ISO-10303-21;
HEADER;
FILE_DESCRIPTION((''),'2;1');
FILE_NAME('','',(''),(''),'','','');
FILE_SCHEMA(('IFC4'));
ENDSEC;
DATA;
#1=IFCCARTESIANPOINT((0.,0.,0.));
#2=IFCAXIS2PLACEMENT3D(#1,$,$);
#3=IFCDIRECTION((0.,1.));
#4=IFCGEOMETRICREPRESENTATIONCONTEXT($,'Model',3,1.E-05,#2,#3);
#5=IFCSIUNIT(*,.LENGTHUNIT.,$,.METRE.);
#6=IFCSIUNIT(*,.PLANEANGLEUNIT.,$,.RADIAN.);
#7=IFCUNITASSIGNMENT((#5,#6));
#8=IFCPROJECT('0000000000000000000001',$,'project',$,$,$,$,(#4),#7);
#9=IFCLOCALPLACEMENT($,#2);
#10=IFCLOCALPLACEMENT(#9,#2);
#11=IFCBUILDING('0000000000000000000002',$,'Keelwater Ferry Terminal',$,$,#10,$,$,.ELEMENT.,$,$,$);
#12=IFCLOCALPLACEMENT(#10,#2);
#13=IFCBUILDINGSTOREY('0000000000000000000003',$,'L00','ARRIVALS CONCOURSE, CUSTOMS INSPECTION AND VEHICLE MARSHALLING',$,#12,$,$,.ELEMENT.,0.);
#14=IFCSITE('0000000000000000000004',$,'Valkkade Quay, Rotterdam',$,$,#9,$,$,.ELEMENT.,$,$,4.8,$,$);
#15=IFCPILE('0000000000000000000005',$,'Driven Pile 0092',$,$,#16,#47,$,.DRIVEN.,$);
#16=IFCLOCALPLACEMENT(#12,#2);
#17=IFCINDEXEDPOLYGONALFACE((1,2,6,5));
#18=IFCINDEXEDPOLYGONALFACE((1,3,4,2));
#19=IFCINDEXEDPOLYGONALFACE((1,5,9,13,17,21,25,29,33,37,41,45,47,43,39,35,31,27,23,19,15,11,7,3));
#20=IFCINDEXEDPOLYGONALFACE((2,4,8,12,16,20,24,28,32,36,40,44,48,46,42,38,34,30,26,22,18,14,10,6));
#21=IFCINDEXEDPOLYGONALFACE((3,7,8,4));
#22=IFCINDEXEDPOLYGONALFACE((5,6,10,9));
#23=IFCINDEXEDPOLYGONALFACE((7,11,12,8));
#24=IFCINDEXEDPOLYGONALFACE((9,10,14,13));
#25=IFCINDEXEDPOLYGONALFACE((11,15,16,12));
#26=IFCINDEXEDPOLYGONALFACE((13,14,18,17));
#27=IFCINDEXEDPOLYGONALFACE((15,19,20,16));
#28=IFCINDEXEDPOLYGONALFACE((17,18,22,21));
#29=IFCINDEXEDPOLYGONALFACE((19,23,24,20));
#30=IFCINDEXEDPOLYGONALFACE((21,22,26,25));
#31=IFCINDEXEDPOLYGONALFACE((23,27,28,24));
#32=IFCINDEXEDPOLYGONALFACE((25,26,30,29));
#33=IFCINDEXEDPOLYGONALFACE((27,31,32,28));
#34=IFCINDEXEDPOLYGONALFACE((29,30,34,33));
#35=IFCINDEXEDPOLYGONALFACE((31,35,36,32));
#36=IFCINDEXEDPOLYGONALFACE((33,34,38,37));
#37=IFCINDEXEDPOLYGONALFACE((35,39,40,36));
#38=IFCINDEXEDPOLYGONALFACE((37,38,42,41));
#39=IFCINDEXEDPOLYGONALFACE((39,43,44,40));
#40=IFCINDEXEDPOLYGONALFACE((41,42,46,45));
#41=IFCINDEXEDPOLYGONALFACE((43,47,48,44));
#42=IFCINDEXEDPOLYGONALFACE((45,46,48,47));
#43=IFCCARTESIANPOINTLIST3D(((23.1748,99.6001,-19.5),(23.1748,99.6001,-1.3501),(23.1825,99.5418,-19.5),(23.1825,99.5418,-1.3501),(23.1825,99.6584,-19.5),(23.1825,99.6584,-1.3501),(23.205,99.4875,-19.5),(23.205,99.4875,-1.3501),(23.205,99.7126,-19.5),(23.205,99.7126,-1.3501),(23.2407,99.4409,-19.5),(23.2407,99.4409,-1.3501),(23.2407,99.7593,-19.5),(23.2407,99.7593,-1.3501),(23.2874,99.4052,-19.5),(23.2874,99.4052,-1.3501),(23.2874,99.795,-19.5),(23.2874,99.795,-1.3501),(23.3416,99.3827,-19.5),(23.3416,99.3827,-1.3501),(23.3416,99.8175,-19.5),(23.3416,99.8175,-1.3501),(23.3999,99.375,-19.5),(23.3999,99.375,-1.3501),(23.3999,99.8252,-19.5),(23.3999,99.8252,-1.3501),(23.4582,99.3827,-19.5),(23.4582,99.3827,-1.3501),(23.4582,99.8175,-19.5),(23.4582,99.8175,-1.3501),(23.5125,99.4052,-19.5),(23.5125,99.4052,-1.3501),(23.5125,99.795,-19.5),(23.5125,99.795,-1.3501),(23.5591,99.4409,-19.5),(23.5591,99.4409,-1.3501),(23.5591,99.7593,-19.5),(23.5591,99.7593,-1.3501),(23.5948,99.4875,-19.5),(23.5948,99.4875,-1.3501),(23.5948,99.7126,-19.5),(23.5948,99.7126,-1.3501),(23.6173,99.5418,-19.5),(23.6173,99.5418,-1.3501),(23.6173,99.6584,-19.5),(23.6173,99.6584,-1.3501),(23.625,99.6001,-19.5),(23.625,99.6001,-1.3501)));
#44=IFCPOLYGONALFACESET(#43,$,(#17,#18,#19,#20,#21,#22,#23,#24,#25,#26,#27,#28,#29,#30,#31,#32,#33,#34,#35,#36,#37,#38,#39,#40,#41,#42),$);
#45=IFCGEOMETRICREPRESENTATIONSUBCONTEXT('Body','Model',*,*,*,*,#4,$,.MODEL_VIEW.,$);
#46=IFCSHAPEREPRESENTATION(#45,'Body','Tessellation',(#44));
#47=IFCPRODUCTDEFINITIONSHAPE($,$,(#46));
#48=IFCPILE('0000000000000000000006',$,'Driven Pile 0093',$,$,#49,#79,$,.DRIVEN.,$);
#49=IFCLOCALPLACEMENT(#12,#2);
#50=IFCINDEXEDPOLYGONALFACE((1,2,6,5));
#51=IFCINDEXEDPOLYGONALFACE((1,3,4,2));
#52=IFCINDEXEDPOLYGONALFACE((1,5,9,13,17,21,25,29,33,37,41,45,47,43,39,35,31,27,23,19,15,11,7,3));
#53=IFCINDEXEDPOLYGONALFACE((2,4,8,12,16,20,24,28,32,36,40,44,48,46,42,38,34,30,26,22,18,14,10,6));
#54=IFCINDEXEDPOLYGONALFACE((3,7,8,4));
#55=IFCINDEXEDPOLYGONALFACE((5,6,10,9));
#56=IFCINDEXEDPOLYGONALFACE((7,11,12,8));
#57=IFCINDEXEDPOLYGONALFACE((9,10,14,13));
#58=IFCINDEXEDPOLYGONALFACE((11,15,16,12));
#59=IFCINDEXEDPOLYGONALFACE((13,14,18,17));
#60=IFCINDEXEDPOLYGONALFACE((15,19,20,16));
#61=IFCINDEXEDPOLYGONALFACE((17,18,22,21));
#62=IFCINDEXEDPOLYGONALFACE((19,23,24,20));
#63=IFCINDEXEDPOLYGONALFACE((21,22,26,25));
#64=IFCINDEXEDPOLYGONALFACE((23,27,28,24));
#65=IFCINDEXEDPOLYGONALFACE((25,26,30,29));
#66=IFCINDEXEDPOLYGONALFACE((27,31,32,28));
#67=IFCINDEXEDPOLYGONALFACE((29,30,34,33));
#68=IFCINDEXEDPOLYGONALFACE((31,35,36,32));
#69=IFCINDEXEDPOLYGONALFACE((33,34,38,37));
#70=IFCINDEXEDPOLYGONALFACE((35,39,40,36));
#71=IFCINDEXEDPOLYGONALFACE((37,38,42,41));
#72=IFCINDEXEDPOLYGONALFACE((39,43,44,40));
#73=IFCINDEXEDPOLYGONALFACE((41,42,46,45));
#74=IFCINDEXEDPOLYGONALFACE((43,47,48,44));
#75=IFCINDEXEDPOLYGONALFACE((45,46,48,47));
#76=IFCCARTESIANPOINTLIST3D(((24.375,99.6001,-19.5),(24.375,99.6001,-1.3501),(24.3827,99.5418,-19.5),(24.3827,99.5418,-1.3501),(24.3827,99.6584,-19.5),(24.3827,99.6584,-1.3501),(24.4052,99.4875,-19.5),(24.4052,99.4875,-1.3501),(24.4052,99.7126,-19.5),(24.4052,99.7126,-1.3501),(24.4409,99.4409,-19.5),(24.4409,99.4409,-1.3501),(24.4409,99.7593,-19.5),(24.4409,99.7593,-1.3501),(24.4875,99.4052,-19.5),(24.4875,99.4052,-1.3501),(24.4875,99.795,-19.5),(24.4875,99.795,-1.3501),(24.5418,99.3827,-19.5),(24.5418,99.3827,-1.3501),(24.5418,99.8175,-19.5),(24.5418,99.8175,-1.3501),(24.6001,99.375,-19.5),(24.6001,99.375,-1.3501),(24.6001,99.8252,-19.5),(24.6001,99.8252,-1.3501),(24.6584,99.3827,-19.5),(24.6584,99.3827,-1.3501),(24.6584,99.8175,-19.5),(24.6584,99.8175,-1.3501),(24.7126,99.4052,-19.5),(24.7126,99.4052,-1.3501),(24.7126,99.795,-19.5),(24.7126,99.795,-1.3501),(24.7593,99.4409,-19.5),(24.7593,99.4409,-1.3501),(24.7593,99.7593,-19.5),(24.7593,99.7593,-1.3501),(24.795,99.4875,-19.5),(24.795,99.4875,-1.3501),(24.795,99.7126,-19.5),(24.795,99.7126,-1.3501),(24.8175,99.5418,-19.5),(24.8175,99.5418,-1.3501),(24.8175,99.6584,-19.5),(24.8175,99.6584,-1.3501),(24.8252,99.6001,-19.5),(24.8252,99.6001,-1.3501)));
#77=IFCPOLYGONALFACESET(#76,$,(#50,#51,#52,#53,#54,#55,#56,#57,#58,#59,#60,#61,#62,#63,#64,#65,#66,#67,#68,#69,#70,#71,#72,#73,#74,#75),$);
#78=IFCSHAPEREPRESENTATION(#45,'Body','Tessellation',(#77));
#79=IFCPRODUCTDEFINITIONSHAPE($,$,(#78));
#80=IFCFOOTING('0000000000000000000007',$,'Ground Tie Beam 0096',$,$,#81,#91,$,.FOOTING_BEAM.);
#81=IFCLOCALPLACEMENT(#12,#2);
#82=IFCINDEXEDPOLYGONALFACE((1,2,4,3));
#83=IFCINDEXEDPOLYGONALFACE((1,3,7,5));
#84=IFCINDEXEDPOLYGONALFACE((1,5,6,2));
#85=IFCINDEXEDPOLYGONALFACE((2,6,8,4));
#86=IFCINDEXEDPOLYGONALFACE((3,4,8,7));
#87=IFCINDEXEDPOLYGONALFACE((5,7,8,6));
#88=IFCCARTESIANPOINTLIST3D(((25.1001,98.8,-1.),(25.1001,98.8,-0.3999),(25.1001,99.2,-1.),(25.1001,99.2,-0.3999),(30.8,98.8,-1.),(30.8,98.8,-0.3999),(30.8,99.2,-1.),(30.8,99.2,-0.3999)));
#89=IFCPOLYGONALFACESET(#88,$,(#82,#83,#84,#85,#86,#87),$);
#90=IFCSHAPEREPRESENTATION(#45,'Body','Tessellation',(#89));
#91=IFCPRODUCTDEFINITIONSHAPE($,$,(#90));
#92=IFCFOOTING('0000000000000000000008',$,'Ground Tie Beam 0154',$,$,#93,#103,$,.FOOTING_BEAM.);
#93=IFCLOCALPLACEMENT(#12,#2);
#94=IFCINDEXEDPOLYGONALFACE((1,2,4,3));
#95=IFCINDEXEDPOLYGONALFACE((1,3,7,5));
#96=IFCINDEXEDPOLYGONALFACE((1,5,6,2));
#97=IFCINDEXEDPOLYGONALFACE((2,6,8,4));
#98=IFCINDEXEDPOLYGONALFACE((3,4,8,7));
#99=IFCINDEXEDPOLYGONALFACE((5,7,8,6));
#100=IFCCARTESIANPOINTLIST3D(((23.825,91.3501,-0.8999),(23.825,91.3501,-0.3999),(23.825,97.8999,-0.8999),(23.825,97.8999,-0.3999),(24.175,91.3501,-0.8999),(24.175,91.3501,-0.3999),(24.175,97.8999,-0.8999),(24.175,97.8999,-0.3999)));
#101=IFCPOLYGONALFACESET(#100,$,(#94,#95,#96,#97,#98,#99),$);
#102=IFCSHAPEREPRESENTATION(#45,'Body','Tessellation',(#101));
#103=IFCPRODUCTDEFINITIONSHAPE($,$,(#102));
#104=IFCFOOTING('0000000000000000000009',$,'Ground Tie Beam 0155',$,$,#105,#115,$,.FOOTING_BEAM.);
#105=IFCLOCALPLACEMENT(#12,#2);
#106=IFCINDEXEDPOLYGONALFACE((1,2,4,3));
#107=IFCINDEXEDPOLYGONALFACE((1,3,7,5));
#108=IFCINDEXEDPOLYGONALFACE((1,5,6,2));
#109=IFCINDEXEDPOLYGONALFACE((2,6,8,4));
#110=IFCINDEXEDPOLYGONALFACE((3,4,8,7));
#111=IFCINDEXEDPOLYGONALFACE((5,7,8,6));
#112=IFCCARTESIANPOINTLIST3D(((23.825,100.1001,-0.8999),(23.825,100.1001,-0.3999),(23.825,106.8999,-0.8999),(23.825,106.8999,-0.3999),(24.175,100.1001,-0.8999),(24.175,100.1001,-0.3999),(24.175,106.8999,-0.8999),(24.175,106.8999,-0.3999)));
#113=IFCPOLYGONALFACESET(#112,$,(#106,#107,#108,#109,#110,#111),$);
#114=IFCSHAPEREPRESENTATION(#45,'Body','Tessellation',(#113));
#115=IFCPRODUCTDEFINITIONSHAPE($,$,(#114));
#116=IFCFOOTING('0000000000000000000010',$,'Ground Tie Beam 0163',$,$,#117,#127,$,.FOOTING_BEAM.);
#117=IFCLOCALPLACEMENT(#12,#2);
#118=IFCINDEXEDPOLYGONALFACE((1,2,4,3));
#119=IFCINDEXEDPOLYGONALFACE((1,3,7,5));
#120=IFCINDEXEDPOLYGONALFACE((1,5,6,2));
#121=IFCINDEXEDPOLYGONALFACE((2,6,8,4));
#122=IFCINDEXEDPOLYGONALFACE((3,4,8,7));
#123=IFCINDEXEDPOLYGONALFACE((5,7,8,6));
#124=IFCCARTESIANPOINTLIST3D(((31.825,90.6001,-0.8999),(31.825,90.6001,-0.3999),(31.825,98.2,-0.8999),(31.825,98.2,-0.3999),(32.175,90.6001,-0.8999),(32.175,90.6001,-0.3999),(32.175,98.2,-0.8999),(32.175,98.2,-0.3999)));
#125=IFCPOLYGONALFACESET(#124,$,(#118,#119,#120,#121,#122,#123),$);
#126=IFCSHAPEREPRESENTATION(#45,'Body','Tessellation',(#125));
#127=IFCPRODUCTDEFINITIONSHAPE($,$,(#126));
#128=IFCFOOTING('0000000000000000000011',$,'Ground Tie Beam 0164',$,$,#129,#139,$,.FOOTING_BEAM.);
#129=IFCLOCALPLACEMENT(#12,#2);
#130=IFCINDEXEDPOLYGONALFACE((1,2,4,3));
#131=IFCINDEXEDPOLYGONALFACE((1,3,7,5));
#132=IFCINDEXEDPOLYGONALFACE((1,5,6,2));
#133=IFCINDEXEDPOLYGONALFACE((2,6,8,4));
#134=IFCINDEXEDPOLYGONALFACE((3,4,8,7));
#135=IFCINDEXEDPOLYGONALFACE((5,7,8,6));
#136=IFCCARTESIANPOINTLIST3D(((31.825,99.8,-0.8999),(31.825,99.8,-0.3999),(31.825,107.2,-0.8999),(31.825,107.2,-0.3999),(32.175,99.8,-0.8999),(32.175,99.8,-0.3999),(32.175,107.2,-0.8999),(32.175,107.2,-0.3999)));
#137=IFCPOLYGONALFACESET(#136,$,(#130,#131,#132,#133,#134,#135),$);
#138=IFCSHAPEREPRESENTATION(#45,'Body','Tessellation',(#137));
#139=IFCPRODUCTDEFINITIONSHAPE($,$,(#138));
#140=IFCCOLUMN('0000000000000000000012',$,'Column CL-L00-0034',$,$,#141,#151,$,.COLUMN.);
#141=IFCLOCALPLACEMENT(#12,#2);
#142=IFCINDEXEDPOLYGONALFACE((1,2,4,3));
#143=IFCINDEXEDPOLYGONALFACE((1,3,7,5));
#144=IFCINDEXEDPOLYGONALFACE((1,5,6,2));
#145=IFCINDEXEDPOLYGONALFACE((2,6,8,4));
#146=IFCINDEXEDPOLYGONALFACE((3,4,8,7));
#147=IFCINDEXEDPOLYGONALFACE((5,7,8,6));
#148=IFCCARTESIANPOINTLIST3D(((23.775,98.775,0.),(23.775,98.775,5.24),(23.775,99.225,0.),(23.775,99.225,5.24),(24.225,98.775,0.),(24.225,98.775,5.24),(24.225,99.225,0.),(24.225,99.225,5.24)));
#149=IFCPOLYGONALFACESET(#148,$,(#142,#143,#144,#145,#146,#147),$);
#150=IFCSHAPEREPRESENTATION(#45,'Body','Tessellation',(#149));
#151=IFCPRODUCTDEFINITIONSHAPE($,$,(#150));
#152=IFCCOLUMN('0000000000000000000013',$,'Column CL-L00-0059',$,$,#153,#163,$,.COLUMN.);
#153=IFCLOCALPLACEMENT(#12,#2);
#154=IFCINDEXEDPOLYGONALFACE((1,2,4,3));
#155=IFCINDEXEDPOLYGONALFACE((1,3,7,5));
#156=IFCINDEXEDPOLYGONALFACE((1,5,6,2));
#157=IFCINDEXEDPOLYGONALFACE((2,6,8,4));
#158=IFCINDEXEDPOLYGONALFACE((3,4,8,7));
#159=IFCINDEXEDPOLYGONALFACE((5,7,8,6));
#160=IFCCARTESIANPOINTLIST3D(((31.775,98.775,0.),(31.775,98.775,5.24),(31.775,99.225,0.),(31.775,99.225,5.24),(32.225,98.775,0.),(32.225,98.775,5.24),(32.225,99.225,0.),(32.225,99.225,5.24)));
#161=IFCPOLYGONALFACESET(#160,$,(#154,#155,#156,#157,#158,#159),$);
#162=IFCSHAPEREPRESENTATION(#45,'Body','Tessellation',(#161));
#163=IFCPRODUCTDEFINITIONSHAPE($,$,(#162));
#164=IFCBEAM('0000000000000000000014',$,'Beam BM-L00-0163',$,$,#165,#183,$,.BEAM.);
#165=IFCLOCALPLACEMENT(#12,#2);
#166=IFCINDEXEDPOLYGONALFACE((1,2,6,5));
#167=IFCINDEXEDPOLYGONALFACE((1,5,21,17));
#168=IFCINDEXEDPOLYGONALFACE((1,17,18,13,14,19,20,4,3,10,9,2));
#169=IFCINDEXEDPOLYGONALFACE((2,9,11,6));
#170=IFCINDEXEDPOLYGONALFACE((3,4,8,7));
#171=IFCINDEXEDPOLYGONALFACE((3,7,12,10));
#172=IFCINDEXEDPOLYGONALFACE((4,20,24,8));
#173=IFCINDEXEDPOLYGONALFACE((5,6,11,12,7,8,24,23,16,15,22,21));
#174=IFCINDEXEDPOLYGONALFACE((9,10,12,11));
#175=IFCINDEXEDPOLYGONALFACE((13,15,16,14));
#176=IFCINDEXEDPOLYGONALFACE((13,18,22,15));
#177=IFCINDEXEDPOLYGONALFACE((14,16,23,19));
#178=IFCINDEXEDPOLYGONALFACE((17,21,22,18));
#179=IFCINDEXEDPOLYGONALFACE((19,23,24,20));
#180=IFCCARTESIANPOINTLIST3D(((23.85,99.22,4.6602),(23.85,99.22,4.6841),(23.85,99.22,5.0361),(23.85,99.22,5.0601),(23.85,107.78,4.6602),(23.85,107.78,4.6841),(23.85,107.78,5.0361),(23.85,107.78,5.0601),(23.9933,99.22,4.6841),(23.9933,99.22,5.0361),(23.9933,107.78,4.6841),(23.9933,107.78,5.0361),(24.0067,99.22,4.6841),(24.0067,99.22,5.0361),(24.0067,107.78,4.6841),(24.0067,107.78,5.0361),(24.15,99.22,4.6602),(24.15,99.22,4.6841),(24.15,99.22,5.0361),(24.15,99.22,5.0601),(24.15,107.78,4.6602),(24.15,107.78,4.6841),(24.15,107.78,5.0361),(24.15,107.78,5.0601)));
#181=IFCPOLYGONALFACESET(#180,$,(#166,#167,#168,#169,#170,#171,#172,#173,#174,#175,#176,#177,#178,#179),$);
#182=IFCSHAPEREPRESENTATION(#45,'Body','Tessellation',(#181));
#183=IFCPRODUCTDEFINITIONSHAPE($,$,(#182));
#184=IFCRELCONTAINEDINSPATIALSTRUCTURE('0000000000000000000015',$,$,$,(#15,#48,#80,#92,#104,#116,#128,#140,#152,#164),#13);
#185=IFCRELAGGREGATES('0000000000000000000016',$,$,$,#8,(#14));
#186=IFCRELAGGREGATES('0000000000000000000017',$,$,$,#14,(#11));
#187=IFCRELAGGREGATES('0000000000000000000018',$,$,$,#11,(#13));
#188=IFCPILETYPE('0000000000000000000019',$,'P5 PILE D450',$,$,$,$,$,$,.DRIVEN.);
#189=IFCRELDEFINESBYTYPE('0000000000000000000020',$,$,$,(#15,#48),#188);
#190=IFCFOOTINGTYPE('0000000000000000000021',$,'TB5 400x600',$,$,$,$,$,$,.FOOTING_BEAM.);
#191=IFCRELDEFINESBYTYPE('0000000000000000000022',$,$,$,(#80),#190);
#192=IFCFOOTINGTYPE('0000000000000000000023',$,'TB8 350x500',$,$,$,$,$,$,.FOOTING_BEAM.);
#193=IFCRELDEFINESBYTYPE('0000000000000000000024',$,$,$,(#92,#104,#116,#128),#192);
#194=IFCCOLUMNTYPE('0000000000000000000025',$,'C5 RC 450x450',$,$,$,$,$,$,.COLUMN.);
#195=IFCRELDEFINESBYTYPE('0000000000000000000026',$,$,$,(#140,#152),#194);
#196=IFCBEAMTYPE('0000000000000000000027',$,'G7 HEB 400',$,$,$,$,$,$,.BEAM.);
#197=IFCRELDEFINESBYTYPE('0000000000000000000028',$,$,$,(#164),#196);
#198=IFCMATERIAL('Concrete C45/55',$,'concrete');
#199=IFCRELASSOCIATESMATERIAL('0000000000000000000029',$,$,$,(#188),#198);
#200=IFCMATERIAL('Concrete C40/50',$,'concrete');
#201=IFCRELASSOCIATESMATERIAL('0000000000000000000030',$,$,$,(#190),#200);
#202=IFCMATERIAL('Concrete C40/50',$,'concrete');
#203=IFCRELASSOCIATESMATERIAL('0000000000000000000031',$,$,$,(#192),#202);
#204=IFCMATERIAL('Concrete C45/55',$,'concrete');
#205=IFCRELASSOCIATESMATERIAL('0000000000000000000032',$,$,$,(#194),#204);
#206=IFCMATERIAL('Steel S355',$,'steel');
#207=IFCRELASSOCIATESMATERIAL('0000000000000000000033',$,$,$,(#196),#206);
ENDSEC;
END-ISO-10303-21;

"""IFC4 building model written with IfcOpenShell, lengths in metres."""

from ifc_helpers import new_model, si_unit, direction, frame, origin, origin_2d, place, context, subcontext, project, spatial, rectangle, circle, i_section, extrude, material, material_profile, profile_set, type_object, element, save


model = new_model("IFC4")

# Units and contexts
model_context = context("Model", 3, precision=1e-05, world=origin(), true_north=direction((0.0, 1.0)))
body_context = subcontext(model_context, "Body", "Model", "MODEL_VIEW")
ifc_project = project(units=[si_unit("LENGTHUNIT", "METRE"), si_unit("PLANEANGLEUNIT", "RADIAN")], contexts=[model_context])

# Site, building, storey
site_placement = place(None, origin())
site = spatial("IfcSite", under=ifc_project, at=site_placement, Name="Valkkade Quay, Rotterdam", CompositionType="ELEMENT", RefElevation=4.8)
building_placement = place(site_placement, origin())
building = spatial("IfcBuilding", under=site, at=building_placement, Name="Keelwater Ferry Terminal", CompositionType="ELEMENT")
storey_placement = place(building_placement, origin())
storey = spatial("IfcBuildingStorey", under=building, at=storey_placement, Name="L00", Description="ARRIVALS CONCOURSE, CUSTOMS INSPECTION AND VEHICLE MARSHALLING", CompositionType="ELEMENT", Elevation=0.0)

# Piles
ifc_material_1 = material(Name="Concrete C45/55", Category="concrete")
ifc_material_profile_1 = material_profile(ifc_material_1, circle(Radius=0.2251, at=origin_2d()), Name="PILE D450")
ifc_profile_set_1 = profile_set([ifc_material_profile_1], Name="Concrete C45/55")
pile_type_1 = type_object("IfcPileType", Name="P5 PILE D450", PredefinedType="DRIVEN", material=ifc_profile_set_1)
for number, where, z_axis, x_axis, name in (
    (1, (23.3999, 99.6001, -1.3501), (0.0, 0.0, -1.0), (1.0, 0.0, 0.0), "Driven Pile 0092"),
    (2, (24.6001, 99.6001, -1.3501), (0.0, 0.0, -1.0), (1.0, 0.0, 0.0), "Driven Pile 0093"),
):
    element("IfcPile", number, at=place(storey_placement, frame(where, z_axis=z_axis, x_axis=x_axis)), inside=storey, type_object=pile_type_1, Name=name, PredefinedType="DRIVEN", context=body_context, shape_type="SweptSolid", body=[
        extrude(circle(Radius=0.2251, at=origin_2d()), origin(), (0.0, 0.0, 1.0), 18.1499),
    ])

# Footings
ifc_material_2 = material(Name="Concrete C40/50", Category="concrete")
ifc_material_profile_2 = material_profile(ifc_material_2, rectangle(XDim=0.3999, YDim=0.6001, at=origin_2d()), Name="TB 400x600")
ifc_profile_set_2 = profile_set([ifc_material_profile_2], Name="Concrete C40/50")
footing_type_1 = type_object("IfcFootingType", Name="TB5 400x600", PredefinedType="FOOTING_BEAM", material=ifc_profile_set_2)
footing_1_placement = place(storey_placement, frame((25.1001, 99.0, -0.7), z_axis=(1.0, 0.0, 0.0), x_axis=(0.0, 1.0, 0.0)))
element("IfcFooting", 3, at=footing_1_placement, inside=storey, type_object=footing_type_1, Name="Ground Tie Beam 0096", PredefinedType="FOOTING_BEAM", context=body_context, shape_type="SweptSolid", body=[
    extrude(rectangle(XDim=0.3999, YDim=0.6001, at=origin_2d()), origin(), (0.0, 0.0, 1.0), 5.7),
])
ifc_material_3 = material(Name="Concrete C40/50", Category="concrete")
ifc_material_profile_3 = material_profile(ifc_material_3, rectangle(XDim=0.3501, YDim=0.5, at=origin_2d()), Name="TB 350x500")
ifc_profile_set_3 = profile_set([ifc_material_profile_3], Name="Concrete C40/50")
footing_type_2 = type_object("IfcFootingType", Name="TB8 350x500", PredefinedType="FOOTING_BEAM", material=ifc_profile_set_3)
footing_2_placement = place(storey_placement, frame((24.0, 91.3501, -0.6499), z_axis=(0.0, 1.0, 0.0), x_axis=(-1.0, 0.0, 0.0)))
element("IfcFooting", 4, at=footing_2_placement, inside=storey, type_object=footing_type_2, Name="Ground Tie Beam 0154", PredefinedType="FOOTING_BEAM", context=body_context, shape_type="SweptSolid", body=[
    extrude(rectangle(XDim=0.3501, YDim=0.5, at=origin_2d()), origin(), (0.0, 0.0, 1.0), 6.5498),
])
footing_3_placement = place(storey_placement, frame((24.0, 100.1001, -0.6499), z_axis=(0.0, 1.0, 0.0), x_axis=(-1.0, 0.0, 0.0)))
element("IfcFooting", 5, at=footing_3_placement, inside=storey, type_object=footing_type_2, Name="Ground Tie Beam 0155", PredefinedType="FOOTING_BEAM", context=body_context, shape_type="SweptSolid", body=[
    extrude(rectangle(XDim=0.3501, YDim=0.5, at=origin_2d()), origin(), (0.0, 0.0, 1.0), 6.7998),
])
footing_4_placement = place(storey_placement, frame((32.0, 90.6001, -0.6499), z_axis=(0.0, 1.0, 0.0), x_axis=(-1.0, 0.0, 0.0)))
element("IfcFooting", 6, at=footing_4_placement, inside=storey, type_object=footing_type_2, Name="Ground Tie Beam 0163", PredefinedType="FOOTING_BEAM", context=body_context, shape_type="SweptSolid", body=[
    extrude(rectangle(XDim=0.3501, YDim=0.5, at=origin_2d()), origin(), (0.0, 0.0, 1.0), 7.5999),
])
footing_5_placement = place(storey_placement, frame((32.0, 99.8, -0.6499), z_axis=(0.0, 1.0, 0.0), x_axis=(-1.0, 0.0, 0.0)))
element("IfcFooting", 7, at=footing_5_placement, inside=storey, type_object=footing_type_2, Name="Ground Tie Beam 0164", PredefinedType="FOOTING_BEAM", context=body_context, shape_type="SweptSolid", body=[
    extrude(rectangle(XDim=0.3501, YDim=0.5, at=origin_2d()), origin(), (0.0, 0.0, 1.0), 7.3999),
])

# Columns
ifc_material_4 = material(Name="Concrete C45/55", Category="concrete")
ifc_material_profile_4 = material_profile(ifc_material_4, rectangle(XDim=0.45, YDim=0.45, at=origin_2d()), Name="RC 450x450")
ifc_profile_set_4 = profile_set([ifc_material_profile_4], Name="Concrete C45/55")
column_type = type_object("IfcColumnType", Name="C5 RC 450x450", PredefinedType="COLUMN", material=ifc_profile_set_4)
for number, where, z_axis, x_axis, name in (
    (8, (24.0, 99.0, 0.0), (0.0, 0.0, 1.0), (1.0, 0.0, 0.0), "Column CL-L00-0034"),
    (9, (32.0, 99.0, 0.0), (0.0, 0.0, 1.0), (1.0, 0.0, 0.0), "Column CL-L00-0059"),
):
    element("IfcColumn", number, at=place(storey_placement, frame(where, z_axis=z_axis, x_axis=x_axis)), inside=storey, type_object=column_type, Name=name, PredefinedType="COLUMN", context=body_context, shape_type="SweptSolid", body=[
        extrude(rectangle(XDim=0.45, YDim=0.45, at=origin_2d()), origin(), (0.0, 0.0, 1.0), 5.24),
    ])

# Beam
ifc_material_5 = material(Name="Steel S355", Category="steel")
ifc_material_profile_5 = material_profile(ifc_material_5, i_section(OverallWidth=0.3, OverallDepth=0.3999, WebThickness=0.0134, FlangeThickness=0.0239, at=origin_2d()), Name="HEB 400")
ifc_profile_set_5 = profile_set([ifc_material_profile_5], Name="Steel S355")
beam_type_1 = type_object("IfcBeamType", Name="G7 HEB 400", PredefinedType="BEAM", material=ifc_profile_set_5)
beam_1_placement = place(storey_placement, frame((24.0, 99.22, 4.8601), z_axis=(0.0, 1.0, 0.0), x_axis=(-1.0, 0.0, 0.0)))
element("IfcBeam", 10, at=beam_1_placement, inside=storey, type_object=beam_type_1, Name="Beam BM-L00-0163", PredefinedType="BEAM", context=body_context, shape_type="SweptSolid", body=[
    extrude(i_section(OverallWidth=0.3, OverallDepth=0.3999, WebThickness=0.0134, FlangeThickness=0.0239, at=origin_2d()), origin(), (0.0, 0.0, 1.0), 8.5601),
])

save(model, "model.ifc")
